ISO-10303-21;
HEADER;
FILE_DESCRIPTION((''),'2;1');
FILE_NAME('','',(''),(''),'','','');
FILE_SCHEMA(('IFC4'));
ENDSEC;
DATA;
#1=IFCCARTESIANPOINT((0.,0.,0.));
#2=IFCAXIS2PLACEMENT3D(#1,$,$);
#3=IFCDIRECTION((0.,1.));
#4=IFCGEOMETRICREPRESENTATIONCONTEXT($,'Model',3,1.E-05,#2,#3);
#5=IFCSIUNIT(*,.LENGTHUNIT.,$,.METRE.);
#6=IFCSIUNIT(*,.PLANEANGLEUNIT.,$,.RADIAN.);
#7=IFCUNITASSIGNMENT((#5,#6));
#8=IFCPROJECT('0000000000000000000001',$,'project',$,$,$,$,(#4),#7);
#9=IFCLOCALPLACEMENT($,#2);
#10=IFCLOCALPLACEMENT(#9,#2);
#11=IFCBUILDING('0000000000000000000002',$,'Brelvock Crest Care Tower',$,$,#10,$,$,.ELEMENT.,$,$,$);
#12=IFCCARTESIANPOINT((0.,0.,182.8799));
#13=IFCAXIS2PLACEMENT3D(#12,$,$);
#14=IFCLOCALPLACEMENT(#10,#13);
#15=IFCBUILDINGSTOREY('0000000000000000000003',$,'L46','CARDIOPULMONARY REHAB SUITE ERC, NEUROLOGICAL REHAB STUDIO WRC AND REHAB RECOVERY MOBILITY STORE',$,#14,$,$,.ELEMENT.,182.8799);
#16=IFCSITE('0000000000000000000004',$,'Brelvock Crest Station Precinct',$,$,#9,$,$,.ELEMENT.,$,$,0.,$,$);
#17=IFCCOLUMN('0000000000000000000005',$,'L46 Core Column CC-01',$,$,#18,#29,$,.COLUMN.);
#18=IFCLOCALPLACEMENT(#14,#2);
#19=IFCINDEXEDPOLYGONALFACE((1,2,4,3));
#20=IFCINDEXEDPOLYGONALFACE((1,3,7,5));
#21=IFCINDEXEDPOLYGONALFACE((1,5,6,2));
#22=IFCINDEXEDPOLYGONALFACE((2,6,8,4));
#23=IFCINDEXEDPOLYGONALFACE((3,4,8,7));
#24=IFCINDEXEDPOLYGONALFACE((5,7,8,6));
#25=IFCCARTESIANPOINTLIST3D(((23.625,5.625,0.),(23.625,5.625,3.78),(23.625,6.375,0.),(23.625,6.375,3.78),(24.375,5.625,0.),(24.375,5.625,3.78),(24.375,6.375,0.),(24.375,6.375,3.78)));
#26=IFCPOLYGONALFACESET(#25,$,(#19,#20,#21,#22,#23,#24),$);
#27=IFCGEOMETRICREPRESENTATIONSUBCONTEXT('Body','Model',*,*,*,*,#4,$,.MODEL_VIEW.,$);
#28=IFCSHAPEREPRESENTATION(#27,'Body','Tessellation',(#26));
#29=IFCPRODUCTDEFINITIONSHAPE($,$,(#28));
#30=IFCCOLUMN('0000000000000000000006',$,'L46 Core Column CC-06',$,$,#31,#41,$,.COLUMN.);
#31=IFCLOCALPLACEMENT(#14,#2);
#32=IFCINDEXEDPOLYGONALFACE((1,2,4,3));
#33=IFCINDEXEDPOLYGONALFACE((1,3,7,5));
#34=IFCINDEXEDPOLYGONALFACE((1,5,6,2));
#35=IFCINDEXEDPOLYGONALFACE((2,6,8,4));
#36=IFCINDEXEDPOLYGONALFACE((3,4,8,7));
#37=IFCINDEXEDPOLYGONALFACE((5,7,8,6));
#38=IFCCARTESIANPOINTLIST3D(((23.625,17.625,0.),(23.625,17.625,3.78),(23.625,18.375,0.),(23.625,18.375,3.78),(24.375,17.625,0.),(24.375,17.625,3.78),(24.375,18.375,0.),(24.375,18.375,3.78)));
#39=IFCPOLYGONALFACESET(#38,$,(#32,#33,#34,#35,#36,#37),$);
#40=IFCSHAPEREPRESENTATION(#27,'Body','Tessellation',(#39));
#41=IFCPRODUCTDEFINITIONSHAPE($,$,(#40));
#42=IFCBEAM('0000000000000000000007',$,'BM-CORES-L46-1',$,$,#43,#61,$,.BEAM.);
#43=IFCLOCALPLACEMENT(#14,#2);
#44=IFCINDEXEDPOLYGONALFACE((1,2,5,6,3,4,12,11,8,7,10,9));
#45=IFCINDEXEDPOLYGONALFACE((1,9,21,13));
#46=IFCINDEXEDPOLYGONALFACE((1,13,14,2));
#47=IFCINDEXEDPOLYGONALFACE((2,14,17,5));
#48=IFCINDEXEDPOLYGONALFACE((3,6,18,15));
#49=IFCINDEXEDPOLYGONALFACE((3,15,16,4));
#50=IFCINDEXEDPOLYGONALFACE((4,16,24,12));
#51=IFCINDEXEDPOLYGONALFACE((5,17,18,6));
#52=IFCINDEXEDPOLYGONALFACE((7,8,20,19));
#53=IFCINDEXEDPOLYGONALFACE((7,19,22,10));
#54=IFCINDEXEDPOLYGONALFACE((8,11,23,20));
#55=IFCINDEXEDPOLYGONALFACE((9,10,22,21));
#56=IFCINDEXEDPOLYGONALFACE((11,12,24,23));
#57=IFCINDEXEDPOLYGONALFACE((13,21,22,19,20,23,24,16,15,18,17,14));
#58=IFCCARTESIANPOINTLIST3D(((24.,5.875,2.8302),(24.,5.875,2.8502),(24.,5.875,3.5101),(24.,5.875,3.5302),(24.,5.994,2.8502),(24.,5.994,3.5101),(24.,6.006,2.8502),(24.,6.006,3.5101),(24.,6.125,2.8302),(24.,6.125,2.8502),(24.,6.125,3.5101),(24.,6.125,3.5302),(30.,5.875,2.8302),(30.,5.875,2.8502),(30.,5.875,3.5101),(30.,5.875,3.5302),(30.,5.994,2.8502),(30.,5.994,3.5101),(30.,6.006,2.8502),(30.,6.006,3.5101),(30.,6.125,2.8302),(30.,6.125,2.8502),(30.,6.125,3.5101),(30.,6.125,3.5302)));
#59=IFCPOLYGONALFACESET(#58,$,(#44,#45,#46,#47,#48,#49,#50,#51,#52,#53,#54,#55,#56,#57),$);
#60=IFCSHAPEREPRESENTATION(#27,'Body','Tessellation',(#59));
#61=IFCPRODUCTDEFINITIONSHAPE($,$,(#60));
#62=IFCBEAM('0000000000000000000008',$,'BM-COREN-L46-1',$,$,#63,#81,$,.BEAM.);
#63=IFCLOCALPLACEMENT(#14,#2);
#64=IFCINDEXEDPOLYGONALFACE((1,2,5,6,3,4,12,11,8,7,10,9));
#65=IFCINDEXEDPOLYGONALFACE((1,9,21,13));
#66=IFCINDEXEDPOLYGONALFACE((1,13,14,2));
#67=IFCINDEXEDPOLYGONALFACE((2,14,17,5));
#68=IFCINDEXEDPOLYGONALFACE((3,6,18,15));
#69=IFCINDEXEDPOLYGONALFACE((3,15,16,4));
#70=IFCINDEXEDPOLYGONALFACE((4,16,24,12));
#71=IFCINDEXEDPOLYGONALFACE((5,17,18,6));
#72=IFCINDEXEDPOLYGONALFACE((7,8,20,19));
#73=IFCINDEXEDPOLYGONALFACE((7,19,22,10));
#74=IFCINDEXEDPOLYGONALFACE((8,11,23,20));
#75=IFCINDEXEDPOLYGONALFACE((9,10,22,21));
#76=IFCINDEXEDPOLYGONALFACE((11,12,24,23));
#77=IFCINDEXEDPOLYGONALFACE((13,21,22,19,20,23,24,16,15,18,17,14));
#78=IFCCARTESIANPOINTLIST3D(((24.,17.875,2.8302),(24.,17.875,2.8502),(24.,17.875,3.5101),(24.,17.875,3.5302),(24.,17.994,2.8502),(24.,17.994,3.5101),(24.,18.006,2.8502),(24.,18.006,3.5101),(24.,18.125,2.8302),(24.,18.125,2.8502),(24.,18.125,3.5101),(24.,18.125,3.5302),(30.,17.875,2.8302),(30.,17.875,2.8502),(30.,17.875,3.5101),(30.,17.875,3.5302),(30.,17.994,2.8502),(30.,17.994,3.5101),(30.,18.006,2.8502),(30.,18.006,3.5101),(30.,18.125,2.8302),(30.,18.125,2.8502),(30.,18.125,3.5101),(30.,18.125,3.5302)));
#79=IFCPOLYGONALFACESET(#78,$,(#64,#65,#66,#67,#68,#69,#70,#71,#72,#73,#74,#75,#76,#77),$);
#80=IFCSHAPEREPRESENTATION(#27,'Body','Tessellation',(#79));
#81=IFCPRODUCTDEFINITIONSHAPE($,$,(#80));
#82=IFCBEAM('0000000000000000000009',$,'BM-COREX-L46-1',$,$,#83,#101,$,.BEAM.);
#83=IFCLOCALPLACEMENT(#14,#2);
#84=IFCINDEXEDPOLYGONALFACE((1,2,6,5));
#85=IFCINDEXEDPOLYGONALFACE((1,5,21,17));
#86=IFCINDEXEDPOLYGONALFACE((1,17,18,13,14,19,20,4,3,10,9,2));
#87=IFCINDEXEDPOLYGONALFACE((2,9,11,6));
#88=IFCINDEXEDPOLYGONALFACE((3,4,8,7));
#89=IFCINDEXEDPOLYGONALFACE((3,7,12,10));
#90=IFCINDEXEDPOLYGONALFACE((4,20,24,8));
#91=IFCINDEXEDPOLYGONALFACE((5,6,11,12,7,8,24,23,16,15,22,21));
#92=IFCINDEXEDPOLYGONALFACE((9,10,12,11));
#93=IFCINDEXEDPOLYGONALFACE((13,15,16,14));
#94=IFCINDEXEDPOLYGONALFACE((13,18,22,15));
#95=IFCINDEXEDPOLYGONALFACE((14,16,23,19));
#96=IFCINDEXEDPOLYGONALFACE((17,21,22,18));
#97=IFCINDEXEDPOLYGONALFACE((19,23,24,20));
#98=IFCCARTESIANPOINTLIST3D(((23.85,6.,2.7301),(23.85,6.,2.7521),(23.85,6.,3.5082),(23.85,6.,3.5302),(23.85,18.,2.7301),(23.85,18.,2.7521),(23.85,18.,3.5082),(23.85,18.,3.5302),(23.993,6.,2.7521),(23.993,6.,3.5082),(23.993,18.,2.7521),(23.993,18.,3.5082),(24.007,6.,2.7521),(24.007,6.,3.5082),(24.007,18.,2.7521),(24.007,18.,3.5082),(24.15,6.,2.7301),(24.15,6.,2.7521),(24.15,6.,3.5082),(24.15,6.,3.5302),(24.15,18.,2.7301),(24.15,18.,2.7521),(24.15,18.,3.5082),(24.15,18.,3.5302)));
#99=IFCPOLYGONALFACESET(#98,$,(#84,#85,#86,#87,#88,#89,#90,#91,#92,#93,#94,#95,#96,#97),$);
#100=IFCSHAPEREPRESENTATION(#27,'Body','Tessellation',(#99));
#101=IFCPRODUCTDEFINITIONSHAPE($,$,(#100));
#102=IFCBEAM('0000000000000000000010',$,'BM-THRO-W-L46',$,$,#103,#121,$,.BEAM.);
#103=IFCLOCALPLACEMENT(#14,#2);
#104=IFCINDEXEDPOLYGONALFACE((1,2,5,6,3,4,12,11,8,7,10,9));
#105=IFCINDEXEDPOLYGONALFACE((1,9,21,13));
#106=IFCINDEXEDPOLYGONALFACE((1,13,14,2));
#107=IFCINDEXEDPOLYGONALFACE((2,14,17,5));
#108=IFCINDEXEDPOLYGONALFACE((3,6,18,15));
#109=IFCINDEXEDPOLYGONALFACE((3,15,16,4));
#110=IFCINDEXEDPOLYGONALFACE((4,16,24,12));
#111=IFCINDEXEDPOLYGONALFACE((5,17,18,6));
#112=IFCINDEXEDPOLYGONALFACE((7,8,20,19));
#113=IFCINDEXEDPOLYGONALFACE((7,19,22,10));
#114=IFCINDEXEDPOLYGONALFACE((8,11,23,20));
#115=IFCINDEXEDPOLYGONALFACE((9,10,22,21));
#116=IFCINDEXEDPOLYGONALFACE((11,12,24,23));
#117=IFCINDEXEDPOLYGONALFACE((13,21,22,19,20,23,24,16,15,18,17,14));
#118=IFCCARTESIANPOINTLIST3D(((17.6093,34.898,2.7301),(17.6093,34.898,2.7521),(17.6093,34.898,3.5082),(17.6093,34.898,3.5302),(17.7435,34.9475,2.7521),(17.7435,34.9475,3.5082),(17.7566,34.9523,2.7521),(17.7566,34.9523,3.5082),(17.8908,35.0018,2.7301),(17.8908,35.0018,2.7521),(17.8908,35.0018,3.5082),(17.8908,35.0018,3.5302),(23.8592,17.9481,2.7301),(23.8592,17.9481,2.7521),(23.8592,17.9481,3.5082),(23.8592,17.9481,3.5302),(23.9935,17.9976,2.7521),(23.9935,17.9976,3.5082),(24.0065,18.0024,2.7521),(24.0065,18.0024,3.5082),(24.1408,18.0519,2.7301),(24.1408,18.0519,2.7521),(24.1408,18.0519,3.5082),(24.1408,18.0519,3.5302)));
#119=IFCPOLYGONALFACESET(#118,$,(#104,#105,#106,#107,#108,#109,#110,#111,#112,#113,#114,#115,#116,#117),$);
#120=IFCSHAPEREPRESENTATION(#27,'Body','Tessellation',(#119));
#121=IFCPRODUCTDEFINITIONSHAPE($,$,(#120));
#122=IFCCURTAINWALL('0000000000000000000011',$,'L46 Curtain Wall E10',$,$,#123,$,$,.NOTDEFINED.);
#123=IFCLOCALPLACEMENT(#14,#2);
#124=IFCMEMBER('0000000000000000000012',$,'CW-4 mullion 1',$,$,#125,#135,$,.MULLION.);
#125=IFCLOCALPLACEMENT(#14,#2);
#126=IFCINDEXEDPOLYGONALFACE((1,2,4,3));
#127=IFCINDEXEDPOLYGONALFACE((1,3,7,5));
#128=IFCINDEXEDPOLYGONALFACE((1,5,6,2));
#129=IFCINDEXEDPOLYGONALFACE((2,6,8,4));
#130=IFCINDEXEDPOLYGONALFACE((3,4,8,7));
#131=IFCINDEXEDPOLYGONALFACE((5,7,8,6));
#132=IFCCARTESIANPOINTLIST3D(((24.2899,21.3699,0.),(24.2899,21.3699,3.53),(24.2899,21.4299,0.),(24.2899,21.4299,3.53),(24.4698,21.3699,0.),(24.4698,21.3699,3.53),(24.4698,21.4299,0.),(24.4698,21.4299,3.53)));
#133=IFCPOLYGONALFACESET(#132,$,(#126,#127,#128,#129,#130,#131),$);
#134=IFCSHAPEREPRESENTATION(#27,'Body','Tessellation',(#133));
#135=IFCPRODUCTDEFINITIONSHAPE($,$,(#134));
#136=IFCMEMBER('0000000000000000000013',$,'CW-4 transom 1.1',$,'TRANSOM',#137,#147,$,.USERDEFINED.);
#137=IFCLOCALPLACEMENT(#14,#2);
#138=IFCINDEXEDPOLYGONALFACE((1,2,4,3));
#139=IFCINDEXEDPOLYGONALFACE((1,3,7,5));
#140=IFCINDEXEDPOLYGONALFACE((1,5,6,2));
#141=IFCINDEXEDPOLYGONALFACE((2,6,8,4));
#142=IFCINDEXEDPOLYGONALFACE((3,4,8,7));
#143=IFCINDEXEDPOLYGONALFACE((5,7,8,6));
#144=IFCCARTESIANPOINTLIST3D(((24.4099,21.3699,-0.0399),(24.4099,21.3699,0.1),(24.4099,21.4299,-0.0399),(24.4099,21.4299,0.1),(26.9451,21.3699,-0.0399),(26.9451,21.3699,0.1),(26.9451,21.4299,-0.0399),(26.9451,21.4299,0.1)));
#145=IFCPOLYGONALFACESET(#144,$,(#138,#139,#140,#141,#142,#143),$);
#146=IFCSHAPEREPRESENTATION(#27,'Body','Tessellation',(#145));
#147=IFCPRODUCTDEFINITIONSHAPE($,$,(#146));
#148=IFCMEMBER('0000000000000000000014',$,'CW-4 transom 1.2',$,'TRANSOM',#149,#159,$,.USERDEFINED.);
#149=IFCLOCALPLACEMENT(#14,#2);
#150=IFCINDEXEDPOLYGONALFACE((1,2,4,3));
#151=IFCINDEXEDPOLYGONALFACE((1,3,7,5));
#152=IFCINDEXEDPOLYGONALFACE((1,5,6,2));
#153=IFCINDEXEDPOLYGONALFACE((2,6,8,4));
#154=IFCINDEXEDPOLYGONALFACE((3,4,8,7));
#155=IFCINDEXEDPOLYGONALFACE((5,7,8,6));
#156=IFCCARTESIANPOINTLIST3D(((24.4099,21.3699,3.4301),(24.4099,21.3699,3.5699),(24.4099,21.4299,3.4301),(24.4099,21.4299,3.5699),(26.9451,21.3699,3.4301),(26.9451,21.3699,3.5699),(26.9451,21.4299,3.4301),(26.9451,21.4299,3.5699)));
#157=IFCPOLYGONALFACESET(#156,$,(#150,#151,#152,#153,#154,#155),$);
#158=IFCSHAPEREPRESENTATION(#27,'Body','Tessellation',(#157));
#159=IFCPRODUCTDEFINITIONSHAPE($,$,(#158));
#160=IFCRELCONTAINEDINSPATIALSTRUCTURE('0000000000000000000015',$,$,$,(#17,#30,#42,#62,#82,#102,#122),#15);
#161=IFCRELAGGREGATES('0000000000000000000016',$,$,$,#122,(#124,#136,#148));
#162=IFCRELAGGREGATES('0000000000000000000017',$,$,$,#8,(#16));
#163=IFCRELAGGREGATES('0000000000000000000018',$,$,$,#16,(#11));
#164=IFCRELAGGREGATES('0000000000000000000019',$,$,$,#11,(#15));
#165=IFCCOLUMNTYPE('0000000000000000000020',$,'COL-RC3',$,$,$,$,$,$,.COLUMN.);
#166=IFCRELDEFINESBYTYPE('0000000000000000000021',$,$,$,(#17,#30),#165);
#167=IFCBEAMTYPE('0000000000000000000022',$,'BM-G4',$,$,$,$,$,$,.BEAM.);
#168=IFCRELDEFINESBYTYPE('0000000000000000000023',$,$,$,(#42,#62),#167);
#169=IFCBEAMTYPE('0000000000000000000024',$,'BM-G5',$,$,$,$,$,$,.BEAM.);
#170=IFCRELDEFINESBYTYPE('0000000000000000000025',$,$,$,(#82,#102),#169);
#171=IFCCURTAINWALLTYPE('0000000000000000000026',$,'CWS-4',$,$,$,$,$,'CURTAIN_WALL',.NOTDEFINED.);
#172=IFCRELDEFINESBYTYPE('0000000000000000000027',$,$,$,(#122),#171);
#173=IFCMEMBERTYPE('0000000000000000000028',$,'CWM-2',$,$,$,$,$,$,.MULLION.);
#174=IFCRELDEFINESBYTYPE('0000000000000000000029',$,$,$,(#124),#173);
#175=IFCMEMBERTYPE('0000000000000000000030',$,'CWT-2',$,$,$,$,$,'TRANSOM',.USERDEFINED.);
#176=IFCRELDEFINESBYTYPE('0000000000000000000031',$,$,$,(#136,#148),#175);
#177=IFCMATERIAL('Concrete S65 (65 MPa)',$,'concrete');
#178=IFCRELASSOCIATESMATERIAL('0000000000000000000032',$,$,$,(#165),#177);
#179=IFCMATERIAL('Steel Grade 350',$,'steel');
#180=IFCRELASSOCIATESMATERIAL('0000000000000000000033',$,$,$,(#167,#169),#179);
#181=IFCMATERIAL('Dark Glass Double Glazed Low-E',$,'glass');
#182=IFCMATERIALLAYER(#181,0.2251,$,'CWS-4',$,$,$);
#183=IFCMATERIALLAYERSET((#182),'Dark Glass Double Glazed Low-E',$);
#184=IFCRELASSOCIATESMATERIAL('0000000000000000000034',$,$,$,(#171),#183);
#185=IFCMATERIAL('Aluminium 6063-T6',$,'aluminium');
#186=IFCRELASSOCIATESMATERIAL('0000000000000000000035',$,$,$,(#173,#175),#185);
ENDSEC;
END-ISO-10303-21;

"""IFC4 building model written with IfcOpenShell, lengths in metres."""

from ifc_helpers import new_model, si_unit, direction, frame, origin, origin_2d, place, context, subcontext, project, spatial, rectangle, i_section, extrude, source, transform, mapped, material, layer, layer_set, material_profile, profile_set, type_object, element, aggregate, save


model = new_model("IFC4")

# Units and contexts
model_context = context("Model", 3, precision=1e-05, world=origin(), true_north=direction((0.0, 1.0)))
body_context = subcontext(model_context, "Body", "Model", "MODEL_VIEW")
ifc_project = project(units=[si_unit("LENGTHUNIT", "METRE"), si_unit("PLANEANGLEUNIT", "RADIAN")], contexts=[model_context])

# Site, building, storey
site_placement = place(None, origin())
site = spatial("IfcSite", under=ifc_project, at=site_placement, Name="Brelvock Crest Station Precinct", CompositionType="ELEMENT", RefElevation=0.0)
building_placement = place(site_placement, origin())
building = spatial("IfcBuilding", under=site, at=building_placement, Name="Brelvock Crest Care Tower", CompositionType="ELEMENT")
storey_placement = place(building_placement, frame((0.0, 0.0, 182.8799)))
storey = spatial("IfcBuildingStorey", under=building, at=storey_placement, Name="L46", Description="CARDIOPULMONARY REHAB SUITE ERC, NEUROLOGICAL REHAB STUDIO WRC AND REHAB RECOVERY MOBILITY STORE", CompositionType="ELEMENT", Elevation=182.8799)

# Columns
ifc_material_1 = material(Name="Concrete S65 (65 MPa)", Category="concrete")
ifc_material_profile_1 = material_profile(ifc_material_1, rectangle(XDim=0.75, YDim=0.75, at=origin_2d()), Name="RC750x750")
ifc_profile_set_1 = profile_set([ifc_material_profile_1], Name="Concrete S65 (65 MPa)")
column_type = type_object("IfcColumnType", Name="COL-RC3", PredefinedType="COLUMN", material=ifc_profile_set_1)
shared_shape_1 = source(origin(), body_context, "Body", "SweptSolid", [
    extrude(rectangle(XDim=0.75, YDim=0.75, at=origin_2d()), origin(), (0.0, 0.0, 1.0), 3.78),
])
for number, where, z_axis, x_axis, name in (
    (1, (24.0, 6.0, 0.0), (0.0, 0.0, 1.0), (1.0, 0.0, 0.0), "L46 Core Column CC-01"),
    (2, (24.0, 18.0, 0.0), (0.0, 0.0, 1.0), (1.0, 0.0, 0.0), "L46 Core Column CC-06"),
):
    element("IfcColumn", number, at=place(storey_placement, frame(where, z_axis=z_axis, x_axis=x_axis)), inside=storey, type_object=column_type, Name=name, PredefinedType="COLUMN", context=body_context, shape_type="MappedRepresentation", body=[
        mapped(shared_shape_1, transform((0.0, 0.0, 0.0), x_axis=(1.0, 0.0, 0.0), y_axis=(0.0, 1.0, 0.0), z_axis=(0.0, 0.0, 1.0), scale=1.0)),
    ])

# Beams
ifc_material_2 = material(Name="Steel Grade 350", Category="steel")
ifc_material_profile_2 = material_profile(ifc_material_2, i_section(OverallWidth=0.25, OverallDepth=0.7, WebThickness=0.012, FlangeThickness=0.02, at=origin_2d()), Name="700WB150")
ifc_profile_set_2 = profile_set([ifc_material_profile_2], Name="Steel Grade 350")
beam_type_1 = type_object("IfcBeamType", Name="BM-G4", PredefinedType="BEAM", material=ifc_profile_set_2)
shared_shape_2 = source(origin(), body_context, "Body", "SweptSolid", [
    extrude(i_section(OverallWidth=0.25, OverallDepth=0.7, WebThickness=0.012, FlangeThickness=0.02, at=origin_2d()), origin(), (0.0, 0.0, 1.0), 6.0),
])
for number, where, z_axis, x_axis, name in (
    (3, (24.0, 6.0, 3.1802), (1.0, 0.0, 0.0), (0.0, 1.0, 0.0), "BM-CORES-L46-1"),
    (4, (24.0, 18.0, 3.1802), (1.0, 0.0, 0.0), (0.0, 1.0, 0.0), "BM-COREN-L46-1"),
):
    element("IfcBeam", number, at=place(storey_placement, frame(where, z_axis=z_axis, x_axis=x_axis)), inside=storey, type_object=beam_type_1, Name=name, PredefinedType="BEAM", context=body_context, shape_type="MappedRepresentation", body=[
        mapped(shared_shape_2, transform((0.0, 0.0, 0.0), x_axis=(1.0, 0.0, 0.0), y_axis=(0.0, 1.0, 0.0), z_axis=(0.0, 0.0, 1.0), scale=1.0)),
    ])
ifc_material_profile_3 = material_profile(ifc_material_2, i_section(OverallWidth=0.3, OverallDepth=0.8, WebThickness=0.0139, FlangeThickness=0.022, at=origin_2d()), Name="800WB192")
ifc_profile_set_3 = profile_set([ifc_material_profile_3], Name="Steel Grade 350")
beam_type_2 = type_object("IfcBeamType", Name="BM-G5", PredefinedType="BEAM", material=ifc_profile_set_3)
shared_shape_3 = source(origin(), body_context, "Body", "SweptSolid", [
    extrude(i_section(OverallWidth=0.3, OverallDepth=0.8, WebThickness=0.0139, FlangeThickness=0.022, at=origin_2d()), origin(), (0.0, 0.0, 1.0), 12.0),
])
beam_1_placement = place(storey_placement, frame((24.0, 6.0, 3.1301), z_axis=(0.0, 1.0, 0.0), x_axis=(-1.0, 0.0, 0.0)))
element("IfcBeam", 5, at=beam_1_placement, inside=storey, type_object=beam_type_2, Name="BM-COREX-L46-1", PredefinedType="BEAM", context=body_context, shape_type="MappedRepresentation", body=[
    mapped(shared_shape_3, transform((0.0, 0.0, 0.0), x_axis=(1.0, 0.0, 0.0), y_axis=(0.0, 1.0, 0.0), z_axis=(0.0, 0.0, 1.0), scale=1.0)),
])
shared_shape_4 = source(origin(), body_context, "Body", "SweptSolid", [
    extrude(i_section(OverallWidth=0.3, OverallDepth=0.8, WebThickness=0.0139, FlangeThickness=0.022, at=origin_2d()), origin(), (0.0, 0.0, 1.0), 18.0654),
])
beam_2_placement = place(storey_placement, frame((24.0, 18.0, 3.1301), z_axis=(-0.345963, 0.938248, 0.0), x_axis=(-0.938248, -0.345963, 0.0)))
element("IfcBeam", 6, at=beam_2_placement, inside=storey, type_object=beam_type_2, Name="BM-THRO-W-L46", PredefinedType="BEAM", context=body_context, shape_type="MappedRepresentation", body=[
    mapped(shared_shape_4, transform((0.0, 0.0, 0.0), x_axis=(1.0, 0.0, 0.0), y_axis=(0.0, 1.0, 0.0), z_axis=(0.0, 0.0, 1.0), scale=1.0)),
])

# Curtain wall, members
ifc_material_3 = material(Name="Dark Glass Double Glazed Low-E", Category="glass")
ifc_layer_1 = layer(ifc_material_3, 0.2251, Name="CWS-4")
ifc_layer_set_1 = layer_set([ifc_layer_1], Name="Dark Glass Double Glazed Low-E")
curtain_wall_type = type_object("IfcCurtainWallType", Name="CWS-4", ElementType="CURTAIN_WALL", PredefinedType="NOTDEFINED", material=ifc_layer_set_1)
curtain_wall_placement = place(storey_placement, origin())
curtain_wall = element("IfcCurtainWall", 7, at=curtain_wall_placement, inside=storey, type_object=curtain_wall_type, Name="L46 Curtain Wall E10", PredefinedType="NOTDEFINED")
ifc_material_4 = material(Name="Aluminium 6063-T6", Category="aluminium")
ifc_material_profile_4 = material_profile(ifc_material_4, rectangle(XDim=0.0601, YDim=0.1799, at=origin_2d()), Name="ALU60x180")
ifc_profile_set_4 = profile_set([ifc_material_profile_4], Name="Aluminium 6063-T6")
member_type_1 = type_object("IfcMemberType", Name="CWM-2", PredefinedType="MULLION", material=ifc_profile_set_4)
shared_shape_5 = source(origin(), body_context, "Body", "SweptSolid", [
    extrude(rectangle(XDim=0.0601, YDim=0.1799, at=origin_2d()), origin(), (0.0, 0.0, 1.0), 3.53),
])
member_1_placement = place(storey_placement, frame((24.3799, 21.3999, 0.0), z_axis=(0.0, 0.0, 1.0), x_axis=(0.0, 1.0, 0.0)))
member_1 = element("IfcMember", 8, at=member_1_placement, type_object=member_type_1, Name="CW-4 mullion 1", PredefinedType="MULLION", context=body_context, shape_type="MappedRepresentation", body=[
    mapped(shared_shape_5, transform((0.0, 0.0, 0.0), x_axis=(1.0, 0.0, 0.0), y_axis=(0.0, 1.0, 0.0), z_axis=(0.0, 0.0, 1.0), scale=1.0)),
])
ifc_material_profile_5 = material_profile(ifc_material_4, rectangle(XDim=0.0601, YDim=0.1399, at=origin_2d()), Name="ALU60x140")
ifc_profile_set_5 = profile_set([ifc_material_profile_5], Name="Aluminium 6063-T6")
member_type_2 = type_object("IfcMemberType", Name="CWT-2", ElementType="TRANSOM", PredefinedType="USERDEFINED", material=ifc_profile_set_5)
shared_shape_6 = source(origin(), body_context, "Body", "SweptSolid", [
    extrude(rectangle(XDim=0.0601, YDim=0.1399, at=origin_2d()), origin(), (0.0, 0.0, 1.0), 2.5352),
])
member_2_placement = place(storey_placement, frame((24.4099, 21.3999, 0.03), z_axis=(1.0, 0.0, 0.0), x_axis=(0.0, 1.0, 0.0)))
member_2 = element("IfcMember", 9, at=member_2_placement, type_object=member_type_2, Name="CW-4 transom 1.1", ObjectType="TRANSOM", PredefinedType="USERDEFINED", context=body_context, shape_type="MappedRepresentation", body=[
    mapped(shared_shape_6, transform((0.0, 0.0, 0.0), x_axis=(1.0, 0.0, 0.0), y_axis=(0.0, 1.0, 0.0), z_axis=(0.0, 0.0, 1.0), scale=1.0)),
])
member_3_placement = place(storey_placement, frame((24.4099, 21.3999, 3.5), z_axis=(1.0, 0.0, 0.0), x_axis=(0.0, 1.0, 0.0)))
member_3 = element("IfcMember", 10, at=member_3_placement, type_object=member_type_2, Name="CW-4 transom 1.2", ObjectType="TRANSOM", PredefinedType="USERDEFINED", context=body_context, shape_type="MappedRepresentation", body=[
    mapped(shared_shape_6, transform((0.0, 0.0, 0.0), x_axis=(1.0, 0.0, 0.0), y_axis=(0.0, 1.0, 0.0), z_axis=(0.0, 0.0, 1.0), scale=1.0)),
])

aggregate(curtain_wall, [member_1, member_2, member_3])

save(model, "model.ifc")
